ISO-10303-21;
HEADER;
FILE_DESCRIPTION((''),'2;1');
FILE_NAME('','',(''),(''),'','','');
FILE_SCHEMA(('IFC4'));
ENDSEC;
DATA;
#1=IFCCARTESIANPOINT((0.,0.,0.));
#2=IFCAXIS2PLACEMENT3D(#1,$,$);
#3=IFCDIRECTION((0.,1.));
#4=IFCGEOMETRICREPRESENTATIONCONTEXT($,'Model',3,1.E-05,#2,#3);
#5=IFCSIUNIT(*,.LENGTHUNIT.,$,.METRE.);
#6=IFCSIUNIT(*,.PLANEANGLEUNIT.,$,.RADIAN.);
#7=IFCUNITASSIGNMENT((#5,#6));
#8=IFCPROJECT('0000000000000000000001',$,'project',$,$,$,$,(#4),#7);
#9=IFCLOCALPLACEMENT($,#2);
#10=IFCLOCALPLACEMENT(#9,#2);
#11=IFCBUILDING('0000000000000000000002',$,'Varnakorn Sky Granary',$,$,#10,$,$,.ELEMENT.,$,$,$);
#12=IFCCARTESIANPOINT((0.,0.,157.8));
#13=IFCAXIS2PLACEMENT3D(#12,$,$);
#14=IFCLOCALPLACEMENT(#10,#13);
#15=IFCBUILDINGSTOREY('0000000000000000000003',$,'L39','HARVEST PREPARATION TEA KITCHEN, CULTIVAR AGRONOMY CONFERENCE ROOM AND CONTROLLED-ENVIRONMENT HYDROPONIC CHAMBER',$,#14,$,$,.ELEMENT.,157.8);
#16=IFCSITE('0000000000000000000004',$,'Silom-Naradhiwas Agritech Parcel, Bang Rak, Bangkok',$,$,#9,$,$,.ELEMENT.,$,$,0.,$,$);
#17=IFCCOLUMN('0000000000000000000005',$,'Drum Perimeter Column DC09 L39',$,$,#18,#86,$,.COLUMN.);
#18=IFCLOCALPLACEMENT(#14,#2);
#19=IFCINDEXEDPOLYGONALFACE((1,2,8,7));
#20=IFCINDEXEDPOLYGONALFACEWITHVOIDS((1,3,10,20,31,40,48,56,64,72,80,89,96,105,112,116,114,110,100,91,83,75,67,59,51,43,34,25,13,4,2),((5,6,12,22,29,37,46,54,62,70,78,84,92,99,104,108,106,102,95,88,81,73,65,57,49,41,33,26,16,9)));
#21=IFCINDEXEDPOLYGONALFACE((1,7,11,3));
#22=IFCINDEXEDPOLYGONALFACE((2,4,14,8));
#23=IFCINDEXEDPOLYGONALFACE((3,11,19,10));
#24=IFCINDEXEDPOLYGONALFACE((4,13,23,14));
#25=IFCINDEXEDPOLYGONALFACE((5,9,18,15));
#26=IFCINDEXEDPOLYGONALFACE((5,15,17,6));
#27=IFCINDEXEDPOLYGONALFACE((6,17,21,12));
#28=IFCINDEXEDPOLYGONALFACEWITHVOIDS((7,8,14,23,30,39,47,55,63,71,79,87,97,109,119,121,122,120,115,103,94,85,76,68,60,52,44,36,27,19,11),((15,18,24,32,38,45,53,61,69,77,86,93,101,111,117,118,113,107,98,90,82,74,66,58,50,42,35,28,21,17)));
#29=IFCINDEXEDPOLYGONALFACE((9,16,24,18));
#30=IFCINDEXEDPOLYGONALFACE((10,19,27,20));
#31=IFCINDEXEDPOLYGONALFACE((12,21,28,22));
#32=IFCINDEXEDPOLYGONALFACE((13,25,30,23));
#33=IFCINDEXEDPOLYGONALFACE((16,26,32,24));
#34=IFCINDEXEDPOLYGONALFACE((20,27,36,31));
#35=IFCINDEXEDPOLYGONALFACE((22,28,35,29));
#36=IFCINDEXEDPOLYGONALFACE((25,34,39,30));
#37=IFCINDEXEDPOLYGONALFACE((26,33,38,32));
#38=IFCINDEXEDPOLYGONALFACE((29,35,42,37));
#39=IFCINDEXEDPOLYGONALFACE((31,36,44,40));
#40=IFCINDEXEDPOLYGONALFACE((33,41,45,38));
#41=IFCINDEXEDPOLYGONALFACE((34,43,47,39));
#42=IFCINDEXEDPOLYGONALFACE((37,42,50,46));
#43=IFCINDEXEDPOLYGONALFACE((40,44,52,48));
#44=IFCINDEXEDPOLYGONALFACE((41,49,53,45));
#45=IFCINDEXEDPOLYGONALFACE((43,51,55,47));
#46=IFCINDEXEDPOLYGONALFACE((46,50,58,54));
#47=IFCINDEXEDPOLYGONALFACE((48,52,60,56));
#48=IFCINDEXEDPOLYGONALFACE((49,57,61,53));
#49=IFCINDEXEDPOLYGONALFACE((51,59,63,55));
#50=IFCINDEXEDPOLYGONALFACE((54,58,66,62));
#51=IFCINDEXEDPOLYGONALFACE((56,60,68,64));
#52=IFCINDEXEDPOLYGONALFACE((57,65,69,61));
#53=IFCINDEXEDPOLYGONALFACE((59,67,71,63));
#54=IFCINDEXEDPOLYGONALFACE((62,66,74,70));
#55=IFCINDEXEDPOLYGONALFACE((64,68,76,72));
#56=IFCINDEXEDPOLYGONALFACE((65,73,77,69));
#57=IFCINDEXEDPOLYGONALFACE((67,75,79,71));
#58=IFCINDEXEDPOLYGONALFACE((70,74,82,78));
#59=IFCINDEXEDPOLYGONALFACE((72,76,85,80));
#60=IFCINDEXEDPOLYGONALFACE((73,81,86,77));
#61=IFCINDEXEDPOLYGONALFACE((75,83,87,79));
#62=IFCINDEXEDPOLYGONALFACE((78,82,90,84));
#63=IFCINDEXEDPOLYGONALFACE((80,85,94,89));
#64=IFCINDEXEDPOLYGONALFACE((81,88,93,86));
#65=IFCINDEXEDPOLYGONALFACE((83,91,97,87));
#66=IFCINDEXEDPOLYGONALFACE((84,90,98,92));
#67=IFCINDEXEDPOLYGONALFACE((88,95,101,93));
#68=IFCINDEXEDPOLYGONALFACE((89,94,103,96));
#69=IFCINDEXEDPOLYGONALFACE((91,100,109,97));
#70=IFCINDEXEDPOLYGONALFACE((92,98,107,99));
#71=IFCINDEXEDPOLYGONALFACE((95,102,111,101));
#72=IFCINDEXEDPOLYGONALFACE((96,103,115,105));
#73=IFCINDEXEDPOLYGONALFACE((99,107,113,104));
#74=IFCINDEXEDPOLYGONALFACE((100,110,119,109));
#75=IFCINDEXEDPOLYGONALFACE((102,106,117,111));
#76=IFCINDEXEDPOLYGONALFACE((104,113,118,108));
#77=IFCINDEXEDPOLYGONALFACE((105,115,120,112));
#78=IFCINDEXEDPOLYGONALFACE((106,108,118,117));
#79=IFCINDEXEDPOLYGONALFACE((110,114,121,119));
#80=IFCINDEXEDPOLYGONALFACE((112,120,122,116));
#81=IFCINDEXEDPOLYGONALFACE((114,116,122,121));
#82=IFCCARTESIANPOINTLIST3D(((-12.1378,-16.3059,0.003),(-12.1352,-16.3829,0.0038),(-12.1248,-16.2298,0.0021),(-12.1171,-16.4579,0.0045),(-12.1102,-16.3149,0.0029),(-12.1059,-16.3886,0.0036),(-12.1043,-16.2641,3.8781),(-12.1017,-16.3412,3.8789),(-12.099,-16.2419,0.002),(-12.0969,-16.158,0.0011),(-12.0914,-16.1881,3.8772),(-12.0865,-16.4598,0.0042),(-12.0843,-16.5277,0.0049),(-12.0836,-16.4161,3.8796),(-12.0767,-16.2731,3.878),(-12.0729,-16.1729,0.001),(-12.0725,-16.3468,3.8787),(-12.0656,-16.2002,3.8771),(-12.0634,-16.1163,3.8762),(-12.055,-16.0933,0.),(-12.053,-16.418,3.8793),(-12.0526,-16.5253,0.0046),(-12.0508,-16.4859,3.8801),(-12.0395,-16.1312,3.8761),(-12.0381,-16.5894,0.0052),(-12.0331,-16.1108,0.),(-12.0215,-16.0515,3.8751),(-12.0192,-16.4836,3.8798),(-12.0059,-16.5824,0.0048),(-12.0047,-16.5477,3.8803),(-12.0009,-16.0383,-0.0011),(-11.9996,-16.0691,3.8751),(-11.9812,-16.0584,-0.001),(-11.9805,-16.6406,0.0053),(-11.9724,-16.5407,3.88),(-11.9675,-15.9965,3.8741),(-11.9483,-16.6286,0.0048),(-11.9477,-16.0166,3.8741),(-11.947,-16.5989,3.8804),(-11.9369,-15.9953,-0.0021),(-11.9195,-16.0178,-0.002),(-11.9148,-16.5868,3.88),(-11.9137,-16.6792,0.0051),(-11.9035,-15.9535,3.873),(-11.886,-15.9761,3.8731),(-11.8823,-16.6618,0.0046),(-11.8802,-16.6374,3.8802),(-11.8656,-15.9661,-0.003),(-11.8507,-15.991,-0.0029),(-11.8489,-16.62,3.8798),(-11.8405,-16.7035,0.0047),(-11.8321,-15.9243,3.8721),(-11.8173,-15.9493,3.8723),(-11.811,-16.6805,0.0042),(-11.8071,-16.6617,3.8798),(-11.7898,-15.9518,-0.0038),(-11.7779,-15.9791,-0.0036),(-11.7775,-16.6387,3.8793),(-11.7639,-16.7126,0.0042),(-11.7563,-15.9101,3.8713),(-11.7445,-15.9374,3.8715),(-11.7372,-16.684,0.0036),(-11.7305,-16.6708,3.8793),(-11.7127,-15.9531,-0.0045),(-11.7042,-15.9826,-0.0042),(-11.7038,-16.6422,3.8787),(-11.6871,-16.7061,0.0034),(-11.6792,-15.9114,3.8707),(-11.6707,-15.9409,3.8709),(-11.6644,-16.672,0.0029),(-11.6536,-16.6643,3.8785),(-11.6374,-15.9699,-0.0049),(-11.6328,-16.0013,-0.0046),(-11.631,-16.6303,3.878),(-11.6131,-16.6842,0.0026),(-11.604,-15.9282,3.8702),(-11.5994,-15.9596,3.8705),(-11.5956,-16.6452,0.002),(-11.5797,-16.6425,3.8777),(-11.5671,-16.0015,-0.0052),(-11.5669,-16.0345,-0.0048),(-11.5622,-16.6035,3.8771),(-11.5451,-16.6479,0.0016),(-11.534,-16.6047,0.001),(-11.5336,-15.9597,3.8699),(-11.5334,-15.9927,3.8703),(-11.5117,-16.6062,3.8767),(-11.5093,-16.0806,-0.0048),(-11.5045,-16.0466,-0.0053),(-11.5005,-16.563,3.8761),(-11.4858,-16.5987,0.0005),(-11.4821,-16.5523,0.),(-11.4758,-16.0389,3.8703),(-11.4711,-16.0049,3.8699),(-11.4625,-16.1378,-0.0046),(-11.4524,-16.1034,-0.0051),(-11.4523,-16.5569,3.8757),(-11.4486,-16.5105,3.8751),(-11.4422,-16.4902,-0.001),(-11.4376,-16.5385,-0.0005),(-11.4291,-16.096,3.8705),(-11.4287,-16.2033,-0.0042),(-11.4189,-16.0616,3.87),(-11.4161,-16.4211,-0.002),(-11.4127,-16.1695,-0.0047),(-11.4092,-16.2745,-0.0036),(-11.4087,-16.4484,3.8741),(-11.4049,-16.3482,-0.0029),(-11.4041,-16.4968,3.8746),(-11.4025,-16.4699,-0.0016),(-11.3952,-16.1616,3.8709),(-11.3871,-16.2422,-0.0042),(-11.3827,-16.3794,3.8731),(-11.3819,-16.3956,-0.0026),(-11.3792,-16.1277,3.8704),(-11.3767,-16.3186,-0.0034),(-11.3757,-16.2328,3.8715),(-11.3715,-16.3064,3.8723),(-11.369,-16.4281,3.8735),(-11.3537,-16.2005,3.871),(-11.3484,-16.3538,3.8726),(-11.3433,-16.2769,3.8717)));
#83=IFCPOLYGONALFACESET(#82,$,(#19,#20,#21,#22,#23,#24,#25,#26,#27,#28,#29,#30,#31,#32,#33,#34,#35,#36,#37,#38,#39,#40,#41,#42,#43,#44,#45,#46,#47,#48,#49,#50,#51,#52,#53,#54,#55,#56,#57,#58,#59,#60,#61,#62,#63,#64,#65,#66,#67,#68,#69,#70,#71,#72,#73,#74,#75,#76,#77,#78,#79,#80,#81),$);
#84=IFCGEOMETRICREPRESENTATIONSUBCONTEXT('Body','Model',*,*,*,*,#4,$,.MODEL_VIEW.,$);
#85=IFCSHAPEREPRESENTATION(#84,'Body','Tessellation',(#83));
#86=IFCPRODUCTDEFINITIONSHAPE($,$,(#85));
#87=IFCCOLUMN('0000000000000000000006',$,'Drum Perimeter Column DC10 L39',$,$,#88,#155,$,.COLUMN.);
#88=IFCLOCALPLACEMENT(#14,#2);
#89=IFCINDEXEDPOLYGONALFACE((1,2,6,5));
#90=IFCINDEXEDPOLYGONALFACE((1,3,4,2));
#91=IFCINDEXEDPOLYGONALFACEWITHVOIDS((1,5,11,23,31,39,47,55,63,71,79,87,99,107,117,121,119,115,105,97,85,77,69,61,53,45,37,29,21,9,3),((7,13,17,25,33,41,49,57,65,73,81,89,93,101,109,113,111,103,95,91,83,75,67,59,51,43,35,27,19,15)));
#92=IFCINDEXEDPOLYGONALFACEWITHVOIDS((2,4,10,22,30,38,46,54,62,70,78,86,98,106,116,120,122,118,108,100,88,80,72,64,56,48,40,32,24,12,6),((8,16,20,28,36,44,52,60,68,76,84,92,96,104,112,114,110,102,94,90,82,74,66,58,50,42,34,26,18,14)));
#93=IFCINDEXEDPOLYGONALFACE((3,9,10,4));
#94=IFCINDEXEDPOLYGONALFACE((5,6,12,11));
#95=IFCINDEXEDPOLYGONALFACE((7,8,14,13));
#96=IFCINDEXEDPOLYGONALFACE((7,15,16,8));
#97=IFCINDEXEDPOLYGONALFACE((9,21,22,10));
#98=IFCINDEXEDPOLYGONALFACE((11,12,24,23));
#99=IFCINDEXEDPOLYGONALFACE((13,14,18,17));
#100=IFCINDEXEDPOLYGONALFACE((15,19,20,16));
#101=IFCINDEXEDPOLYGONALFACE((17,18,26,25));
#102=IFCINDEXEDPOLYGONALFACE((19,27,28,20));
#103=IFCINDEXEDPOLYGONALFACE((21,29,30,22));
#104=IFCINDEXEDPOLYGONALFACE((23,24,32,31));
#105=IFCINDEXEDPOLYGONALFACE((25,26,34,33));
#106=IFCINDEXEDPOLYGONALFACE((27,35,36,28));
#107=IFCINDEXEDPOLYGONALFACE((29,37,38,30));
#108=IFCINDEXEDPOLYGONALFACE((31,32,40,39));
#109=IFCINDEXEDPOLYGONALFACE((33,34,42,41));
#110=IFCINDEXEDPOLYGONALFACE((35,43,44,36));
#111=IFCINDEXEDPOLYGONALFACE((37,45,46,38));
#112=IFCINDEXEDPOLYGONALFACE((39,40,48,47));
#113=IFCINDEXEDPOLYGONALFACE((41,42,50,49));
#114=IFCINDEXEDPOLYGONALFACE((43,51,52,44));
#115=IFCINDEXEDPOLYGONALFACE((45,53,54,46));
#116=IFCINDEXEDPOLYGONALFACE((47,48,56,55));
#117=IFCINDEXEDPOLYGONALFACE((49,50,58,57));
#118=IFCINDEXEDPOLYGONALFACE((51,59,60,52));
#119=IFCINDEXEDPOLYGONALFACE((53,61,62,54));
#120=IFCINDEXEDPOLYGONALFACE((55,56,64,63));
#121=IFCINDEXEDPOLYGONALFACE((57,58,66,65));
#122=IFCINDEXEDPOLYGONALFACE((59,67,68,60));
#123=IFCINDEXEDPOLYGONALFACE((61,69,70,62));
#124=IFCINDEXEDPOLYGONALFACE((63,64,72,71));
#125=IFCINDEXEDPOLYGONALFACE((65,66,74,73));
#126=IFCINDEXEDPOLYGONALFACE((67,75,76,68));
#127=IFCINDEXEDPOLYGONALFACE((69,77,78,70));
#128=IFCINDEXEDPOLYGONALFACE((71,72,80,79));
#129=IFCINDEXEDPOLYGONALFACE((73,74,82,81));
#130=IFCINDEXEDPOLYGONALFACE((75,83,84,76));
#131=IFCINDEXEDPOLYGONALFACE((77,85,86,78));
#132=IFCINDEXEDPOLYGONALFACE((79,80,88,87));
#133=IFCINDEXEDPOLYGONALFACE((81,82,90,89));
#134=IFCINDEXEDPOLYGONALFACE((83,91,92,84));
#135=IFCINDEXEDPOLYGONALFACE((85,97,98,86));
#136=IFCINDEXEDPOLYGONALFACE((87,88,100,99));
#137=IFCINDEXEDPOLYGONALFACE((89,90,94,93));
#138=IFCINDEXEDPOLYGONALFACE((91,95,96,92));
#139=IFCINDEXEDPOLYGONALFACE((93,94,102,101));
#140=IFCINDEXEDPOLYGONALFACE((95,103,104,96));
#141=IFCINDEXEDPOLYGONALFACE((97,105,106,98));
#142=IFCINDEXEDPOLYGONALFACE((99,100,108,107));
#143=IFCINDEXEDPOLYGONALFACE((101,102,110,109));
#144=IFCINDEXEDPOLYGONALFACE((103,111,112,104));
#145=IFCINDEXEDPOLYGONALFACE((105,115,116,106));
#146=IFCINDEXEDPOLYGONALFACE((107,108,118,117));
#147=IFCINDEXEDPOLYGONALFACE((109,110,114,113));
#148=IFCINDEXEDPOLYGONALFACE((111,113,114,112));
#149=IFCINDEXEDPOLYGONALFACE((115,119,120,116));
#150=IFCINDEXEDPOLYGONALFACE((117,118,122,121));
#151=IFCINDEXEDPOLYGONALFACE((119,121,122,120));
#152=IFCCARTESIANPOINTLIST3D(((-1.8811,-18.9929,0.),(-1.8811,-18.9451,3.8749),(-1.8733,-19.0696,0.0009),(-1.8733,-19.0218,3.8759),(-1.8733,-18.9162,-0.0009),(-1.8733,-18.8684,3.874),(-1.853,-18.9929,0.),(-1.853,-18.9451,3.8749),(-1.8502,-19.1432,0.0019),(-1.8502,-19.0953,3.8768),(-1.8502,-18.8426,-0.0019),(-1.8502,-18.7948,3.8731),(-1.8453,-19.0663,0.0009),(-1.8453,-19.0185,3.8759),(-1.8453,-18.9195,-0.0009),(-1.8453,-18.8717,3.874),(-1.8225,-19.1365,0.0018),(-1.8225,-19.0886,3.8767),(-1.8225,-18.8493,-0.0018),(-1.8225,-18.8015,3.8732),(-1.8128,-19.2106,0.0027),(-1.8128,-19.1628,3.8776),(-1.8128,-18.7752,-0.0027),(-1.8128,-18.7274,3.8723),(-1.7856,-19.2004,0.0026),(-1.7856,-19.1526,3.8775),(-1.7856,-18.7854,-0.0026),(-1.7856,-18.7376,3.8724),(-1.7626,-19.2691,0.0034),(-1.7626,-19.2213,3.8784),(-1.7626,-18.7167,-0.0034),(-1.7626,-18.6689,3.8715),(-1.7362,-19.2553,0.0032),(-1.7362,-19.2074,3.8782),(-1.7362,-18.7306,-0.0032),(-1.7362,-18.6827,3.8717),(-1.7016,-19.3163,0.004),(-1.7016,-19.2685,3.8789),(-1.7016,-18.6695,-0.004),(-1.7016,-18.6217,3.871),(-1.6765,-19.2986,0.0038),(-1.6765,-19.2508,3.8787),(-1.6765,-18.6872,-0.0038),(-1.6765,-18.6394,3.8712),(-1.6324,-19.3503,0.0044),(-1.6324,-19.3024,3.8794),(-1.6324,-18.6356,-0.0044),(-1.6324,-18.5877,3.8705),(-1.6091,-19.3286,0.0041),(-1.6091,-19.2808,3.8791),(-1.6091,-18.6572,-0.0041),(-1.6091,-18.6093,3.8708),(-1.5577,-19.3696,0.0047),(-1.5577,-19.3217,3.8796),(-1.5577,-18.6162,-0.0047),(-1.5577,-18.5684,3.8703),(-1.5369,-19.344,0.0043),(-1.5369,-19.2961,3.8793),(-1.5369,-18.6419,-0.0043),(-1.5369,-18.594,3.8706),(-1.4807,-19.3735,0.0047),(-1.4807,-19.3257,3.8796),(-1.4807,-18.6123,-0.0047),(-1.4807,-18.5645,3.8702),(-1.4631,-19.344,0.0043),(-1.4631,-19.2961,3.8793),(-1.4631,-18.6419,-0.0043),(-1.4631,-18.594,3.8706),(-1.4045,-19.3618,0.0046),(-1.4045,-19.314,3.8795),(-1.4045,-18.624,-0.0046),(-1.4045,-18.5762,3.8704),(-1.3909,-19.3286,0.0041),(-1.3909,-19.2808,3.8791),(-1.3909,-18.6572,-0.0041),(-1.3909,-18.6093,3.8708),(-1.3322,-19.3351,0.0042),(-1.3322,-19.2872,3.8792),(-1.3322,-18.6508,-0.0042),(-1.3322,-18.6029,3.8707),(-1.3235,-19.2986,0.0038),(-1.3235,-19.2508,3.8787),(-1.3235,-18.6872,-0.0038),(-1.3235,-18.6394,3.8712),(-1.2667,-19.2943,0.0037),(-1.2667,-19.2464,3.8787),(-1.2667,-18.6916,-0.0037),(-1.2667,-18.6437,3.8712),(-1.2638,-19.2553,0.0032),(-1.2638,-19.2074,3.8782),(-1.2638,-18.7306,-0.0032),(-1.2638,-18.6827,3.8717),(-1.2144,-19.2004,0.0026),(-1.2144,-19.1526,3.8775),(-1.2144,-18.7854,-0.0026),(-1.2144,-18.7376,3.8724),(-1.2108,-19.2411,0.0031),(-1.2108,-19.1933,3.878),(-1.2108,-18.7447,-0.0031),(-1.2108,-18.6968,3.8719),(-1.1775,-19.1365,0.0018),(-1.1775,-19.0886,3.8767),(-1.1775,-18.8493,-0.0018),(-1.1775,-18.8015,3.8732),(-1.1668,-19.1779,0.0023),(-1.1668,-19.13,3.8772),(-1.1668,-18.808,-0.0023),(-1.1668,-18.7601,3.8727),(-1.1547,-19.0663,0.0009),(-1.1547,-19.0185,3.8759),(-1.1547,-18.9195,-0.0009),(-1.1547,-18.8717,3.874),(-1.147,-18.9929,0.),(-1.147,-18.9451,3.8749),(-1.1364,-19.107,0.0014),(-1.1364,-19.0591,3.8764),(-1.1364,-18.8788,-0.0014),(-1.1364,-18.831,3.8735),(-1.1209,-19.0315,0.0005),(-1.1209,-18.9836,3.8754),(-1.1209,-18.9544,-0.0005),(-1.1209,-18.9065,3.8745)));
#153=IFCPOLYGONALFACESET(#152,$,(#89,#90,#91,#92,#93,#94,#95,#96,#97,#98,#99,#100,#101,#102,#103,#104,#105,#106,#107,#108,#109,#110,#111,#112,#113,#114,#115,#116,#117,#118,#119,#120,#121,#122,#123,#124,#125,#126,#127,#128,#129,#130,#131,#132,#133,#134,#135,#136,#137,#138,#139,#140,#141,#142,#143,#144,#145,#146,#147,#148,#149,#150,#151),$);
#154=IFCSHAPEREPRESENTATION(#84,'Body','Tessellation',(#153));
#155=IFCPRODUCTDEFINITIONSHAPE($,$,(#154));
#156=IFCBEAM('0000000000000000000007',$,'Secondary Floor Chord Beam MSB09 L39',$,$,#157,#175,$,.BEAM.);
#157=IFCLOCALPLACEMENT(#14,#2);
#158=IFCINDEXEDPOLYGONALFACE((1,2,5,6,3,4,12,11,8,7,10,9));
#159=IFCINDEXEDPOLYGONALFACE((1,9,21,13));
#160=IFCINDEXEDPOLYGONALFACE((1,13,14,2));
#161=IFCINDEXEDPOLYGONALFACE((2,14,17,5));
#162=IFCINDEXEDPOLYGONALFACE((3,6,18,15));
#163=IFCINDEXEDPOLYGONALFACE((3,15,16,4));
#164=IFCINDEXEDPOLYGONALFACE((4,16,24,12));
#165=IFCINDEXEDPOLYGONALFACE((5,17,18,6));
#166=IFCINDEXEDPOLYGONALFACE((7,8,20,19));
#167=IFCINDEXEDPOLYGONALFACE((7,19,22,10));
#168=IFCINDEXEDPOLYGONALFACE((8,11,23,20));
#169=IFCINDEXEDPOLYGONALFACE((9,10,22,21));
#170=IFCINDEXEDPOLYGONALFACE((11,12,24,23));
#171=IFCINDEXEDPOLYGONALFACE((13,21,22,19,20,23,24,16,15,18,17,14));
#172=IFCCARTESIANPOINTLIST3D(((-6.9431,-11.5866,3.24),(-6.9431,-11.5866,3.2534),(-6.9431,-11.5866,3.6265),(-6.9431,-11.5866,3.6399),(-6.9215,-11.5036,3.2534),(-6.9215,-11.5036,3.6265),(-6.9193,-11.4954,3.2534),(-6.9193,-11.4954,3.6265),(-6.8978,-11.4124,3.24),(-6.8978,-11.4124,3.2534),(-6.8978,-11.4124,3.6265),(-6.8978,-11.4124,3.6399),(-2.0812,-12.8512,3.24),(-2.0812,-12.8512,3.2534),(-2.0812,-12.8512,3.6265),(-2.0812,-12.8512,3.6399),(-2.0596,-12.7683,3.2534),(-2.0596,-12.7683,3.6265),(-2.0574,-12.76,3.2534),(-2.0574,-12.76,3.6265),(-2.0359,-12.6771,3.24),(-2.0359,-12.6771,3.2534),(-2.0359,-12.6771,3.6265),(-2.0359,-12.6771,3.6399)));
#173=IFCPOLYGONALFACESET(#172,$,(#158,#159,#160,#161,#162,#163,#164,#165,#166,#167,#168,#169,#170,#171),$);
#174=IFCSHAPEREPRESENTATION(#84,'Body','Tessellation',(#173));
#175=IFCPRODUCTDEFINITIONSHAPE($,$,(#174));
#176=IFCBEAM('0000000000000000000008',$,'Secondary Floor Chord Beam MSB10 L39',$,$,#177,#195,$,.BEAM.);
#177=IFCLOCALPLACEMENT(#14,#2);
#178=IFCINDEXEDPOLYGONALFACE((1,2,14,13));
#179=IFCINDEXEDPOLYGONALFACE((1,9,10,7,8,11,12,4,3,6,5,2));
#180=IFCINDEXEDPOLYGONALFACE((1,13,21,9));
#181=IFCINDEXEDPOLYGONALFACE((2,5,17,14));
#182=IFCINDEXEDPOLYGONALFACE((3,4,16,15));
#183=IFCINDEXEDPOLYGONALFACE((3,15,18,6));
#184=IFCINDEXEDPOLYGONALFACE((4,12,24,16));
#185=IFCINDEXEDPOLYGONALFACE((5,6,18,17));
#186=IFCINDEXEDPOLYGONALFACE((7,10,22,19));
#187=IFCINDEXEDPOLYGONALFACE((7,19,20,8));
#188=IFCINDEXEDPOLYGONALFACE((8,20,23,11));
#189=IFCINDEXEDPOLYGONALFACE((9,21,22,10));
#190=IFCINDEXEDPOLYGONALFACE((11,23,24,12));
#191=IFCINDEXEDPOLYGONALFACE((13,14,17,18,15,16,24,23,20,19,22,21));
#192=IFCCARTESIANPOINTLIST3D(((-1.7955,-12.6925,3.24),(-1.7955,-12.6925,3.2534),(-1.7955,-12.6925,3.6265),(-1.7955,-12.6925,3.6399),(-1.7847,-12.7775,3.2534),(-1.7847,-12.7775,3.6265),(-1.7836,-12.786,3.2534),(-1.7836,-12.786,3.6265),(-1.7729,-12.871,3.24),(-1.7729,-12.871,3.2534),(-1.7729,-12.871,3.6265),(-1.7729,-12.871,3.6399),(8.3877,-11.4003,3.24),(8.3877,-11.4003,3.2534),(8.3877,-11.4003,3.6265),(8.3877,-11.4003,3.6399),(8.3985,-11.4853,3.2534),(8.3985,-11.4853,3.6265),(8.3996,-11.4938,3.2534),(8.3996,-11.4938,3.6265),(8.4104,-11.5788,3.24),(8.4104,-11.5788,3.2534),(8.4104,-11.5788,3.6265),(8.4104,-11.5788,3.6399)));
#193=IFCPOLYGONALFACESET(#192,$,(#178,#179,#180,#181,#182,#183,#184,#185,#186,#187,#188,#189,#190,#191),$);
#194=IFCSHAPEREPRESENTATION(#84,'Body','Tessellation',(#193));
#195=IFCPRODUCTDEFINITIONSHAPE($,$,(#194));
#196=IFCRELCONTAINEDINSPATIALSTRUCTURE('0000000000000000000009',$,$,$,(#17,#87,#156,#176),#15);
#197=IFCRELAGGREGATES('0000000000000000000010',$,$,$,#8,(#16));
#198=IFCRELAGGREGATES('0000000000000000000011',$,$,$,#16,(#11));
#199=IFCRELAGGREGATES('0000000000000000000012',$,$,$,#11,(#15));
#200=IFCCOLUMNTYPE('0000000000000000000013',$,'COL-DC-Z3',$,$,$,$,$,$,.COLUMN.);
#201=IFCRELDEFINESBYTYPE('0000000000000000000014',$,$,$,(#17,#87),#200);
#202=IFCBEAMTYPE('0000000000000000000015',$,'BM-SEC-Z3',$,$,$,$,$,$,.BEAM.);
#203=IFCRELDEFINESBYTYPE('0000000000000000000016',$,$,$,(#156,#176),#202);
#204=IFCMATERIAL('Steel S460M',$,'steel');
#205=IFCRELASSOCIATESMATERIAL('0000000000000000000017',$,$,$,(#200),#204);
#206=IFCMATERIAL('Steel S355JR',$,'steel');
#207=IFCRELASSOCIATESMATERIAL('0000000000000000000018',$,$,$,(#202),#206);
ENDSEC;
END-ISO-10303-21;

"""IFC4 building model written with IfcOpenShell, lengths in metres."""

from ifc_helpers import new_model, si_unit, direction, frame, origin, origin_2d, place, context, subcontext, project, spatial, hollow_circle, i_section, extrude, material, material_profile, profile_set, type_object, element, save


model = new_model("IFC4")

# Units and contexts
model_context = context("Model", 3, precision=1e-05, world=origin(), true_north=direction((0.0, 1.0)))
body_context = subcontext(model_context, "Body", "Model", "MODEL_VIEW")
ifc_project = project(units=[si_unit("LENGTHUNIT", "METRE"), si_unit("PLANEANGLEUNIT", "RADIAN")], contexts=[model_context])

# Site, building, storey
site_placement = place(None, origin())
site = spatial("IfcSite", under=ifc_project, at=site_placement, Name="Silom-Naradhiwas Agritech Parcel, Bang Rak, Bangkok", CompositionType="ELEMENT", RefElevation=0.0)
building_placement = place(site_placement, origin())
building = spatial("IfcBuilding", under=site, at=building_placement, Name="Varnakorn Sky Granary", CompositionType="ELEMENT")
storey_placement = place(building_placement, frame((0.0, 0.0, 157.8)))
storey = spatial("IfcBuildingStorey", under=building, at=storey_placement, Name="L39", Description="HARVEST PREPARATION TEA KITCHEN, CULTIVAR AGRONOMY CONFERENCE ROOM AND CONTROLLED-ENVIRONMENT HYDROPONIC CHAMBER", CompositionType="ELEMENT", Elevation=157.8)

# Columns
ifc_material_1 = material(Name="Steel S460M", Category="steel")
ifc_material_profile_1 = material_profile(ifc_material_1, hollow_circle(Radius=0.3811, WallThickness=0.0281, at=origin_2d()), Name="CHS 762x28")
ifc_profile_set_1 = profile_set([ifc_material_profile_1], Name="Steel S460M")
column_type = type_object("IfcColumnType", Name="COL-DC-Z3", PredefinedType="COLUMN", material=ifc_profile_set_1)
column_1_placement = place(storey_placement, frame((-11.7576, -16.3315, 0.0), z_axis=(0.008631, 0.010773, 0.999905), x_axis=(-0.780423, 0.625251, 0.0)))
element("IfcColumn", 1, at=column_1_placement, inside=storey, type_object=column_type, Name="Drum Perimeter Column DC09 L39", PredefinedType="COLUMN", context=body_context, shape_type="SweptSolid", body=[
    extrude(hollow_circle(Radius=0.3811, WallThickness=0.0281, at=origin_2d()), origin(), (0.0, 0.0, 1.0), 3.8755),
])
column_2_placement = place(storey_placement, frame((-1.5, -18.9929, 0.0), z_axis=(0.0, 0.012348, 0.999924), x_axis=(-1.0, 0.0, 0.0)))
element("IfcColumn", 2, at=column_2_placement, inside=storey, type_object=column_type, Name="Drum Perimeter Column DC10 L39", PredefinedType="COLUMN", context=body_context, shape_type="SweptSolid", body=[
    extrude(hollow_circle(Radius=0.3811, WallThickness=0.0281, at=origin_2d()), origin(), (0.0, 0.0, 1.0), 3.8752),
])

# Beams
ifc_material_2 = material(Name="Steel S355JR", Category="steel")
ifc_material_profile_2 = material_profile(ifc_material_2, i_section(OverallWidth=0.1799, OverallDepth=0.3999, WebThickness=0.0085, FlangeThickness=0.0134, at=origin_2d()), Name="IPE 400")
ifc_profile_set_2 = profile_set([ifc_material_profile_2], Name="Steel S355JR")
beam_type_1 = type_object("IfcBeamType", Name="BM-SEC-Z3", PredefinedType="BEAM", material=ifc_profile_set_2)
beam_1_placement = place(storey_placement, frame((-6.9204, -11.4995, 3.4399), z_axis=(0.967795, -0.251741, 0.0), x_axis=(0.251741, 0.967795, 0.0)))
element("IfcBeam", 3, at=beam_1_placement, inside=storey, type_object=beam_type_1, Name="Secondary Floor Chord Beam MSB09 L39", PredefinedType="BEAM", context=body_context, shape_type="SweptSolid", body=[
    extrude(i_section(OverallWidth=0.1799, OverallDepth=0.3999, WebThickness=0.0085, FlangeThickness=0.0134, at=origin_2d()), origin(), (0.0, 0.0, 1.0), 5.0237),
])
beam_2_placement = place(storey_placement, frame((-1.7842, -12.7817, 3.4399), z_axis=(0.992045, 0.125887, 0.0), x_axis=(-0.125887, 0.992045, 0.0)))
element("IfcBeam", 4, at=beam_2_placement, inside=storey, type_object=beam_type_1, Name="Secondary Floor Chord Beam MSB10 L39", PredefinedType="BEAM", context=body_context, shape_type="SweptSolid", body=[
    extrude(i_section(OverallWidth=0.1799, OverallDepth=0.3999, WebThickness=0.0085, FlangeThickness=0.0134, at=origin_2d()), origin(), (0.0, 0.0, 1.0), 10.2649),
])

save(model, "model.ifc")
